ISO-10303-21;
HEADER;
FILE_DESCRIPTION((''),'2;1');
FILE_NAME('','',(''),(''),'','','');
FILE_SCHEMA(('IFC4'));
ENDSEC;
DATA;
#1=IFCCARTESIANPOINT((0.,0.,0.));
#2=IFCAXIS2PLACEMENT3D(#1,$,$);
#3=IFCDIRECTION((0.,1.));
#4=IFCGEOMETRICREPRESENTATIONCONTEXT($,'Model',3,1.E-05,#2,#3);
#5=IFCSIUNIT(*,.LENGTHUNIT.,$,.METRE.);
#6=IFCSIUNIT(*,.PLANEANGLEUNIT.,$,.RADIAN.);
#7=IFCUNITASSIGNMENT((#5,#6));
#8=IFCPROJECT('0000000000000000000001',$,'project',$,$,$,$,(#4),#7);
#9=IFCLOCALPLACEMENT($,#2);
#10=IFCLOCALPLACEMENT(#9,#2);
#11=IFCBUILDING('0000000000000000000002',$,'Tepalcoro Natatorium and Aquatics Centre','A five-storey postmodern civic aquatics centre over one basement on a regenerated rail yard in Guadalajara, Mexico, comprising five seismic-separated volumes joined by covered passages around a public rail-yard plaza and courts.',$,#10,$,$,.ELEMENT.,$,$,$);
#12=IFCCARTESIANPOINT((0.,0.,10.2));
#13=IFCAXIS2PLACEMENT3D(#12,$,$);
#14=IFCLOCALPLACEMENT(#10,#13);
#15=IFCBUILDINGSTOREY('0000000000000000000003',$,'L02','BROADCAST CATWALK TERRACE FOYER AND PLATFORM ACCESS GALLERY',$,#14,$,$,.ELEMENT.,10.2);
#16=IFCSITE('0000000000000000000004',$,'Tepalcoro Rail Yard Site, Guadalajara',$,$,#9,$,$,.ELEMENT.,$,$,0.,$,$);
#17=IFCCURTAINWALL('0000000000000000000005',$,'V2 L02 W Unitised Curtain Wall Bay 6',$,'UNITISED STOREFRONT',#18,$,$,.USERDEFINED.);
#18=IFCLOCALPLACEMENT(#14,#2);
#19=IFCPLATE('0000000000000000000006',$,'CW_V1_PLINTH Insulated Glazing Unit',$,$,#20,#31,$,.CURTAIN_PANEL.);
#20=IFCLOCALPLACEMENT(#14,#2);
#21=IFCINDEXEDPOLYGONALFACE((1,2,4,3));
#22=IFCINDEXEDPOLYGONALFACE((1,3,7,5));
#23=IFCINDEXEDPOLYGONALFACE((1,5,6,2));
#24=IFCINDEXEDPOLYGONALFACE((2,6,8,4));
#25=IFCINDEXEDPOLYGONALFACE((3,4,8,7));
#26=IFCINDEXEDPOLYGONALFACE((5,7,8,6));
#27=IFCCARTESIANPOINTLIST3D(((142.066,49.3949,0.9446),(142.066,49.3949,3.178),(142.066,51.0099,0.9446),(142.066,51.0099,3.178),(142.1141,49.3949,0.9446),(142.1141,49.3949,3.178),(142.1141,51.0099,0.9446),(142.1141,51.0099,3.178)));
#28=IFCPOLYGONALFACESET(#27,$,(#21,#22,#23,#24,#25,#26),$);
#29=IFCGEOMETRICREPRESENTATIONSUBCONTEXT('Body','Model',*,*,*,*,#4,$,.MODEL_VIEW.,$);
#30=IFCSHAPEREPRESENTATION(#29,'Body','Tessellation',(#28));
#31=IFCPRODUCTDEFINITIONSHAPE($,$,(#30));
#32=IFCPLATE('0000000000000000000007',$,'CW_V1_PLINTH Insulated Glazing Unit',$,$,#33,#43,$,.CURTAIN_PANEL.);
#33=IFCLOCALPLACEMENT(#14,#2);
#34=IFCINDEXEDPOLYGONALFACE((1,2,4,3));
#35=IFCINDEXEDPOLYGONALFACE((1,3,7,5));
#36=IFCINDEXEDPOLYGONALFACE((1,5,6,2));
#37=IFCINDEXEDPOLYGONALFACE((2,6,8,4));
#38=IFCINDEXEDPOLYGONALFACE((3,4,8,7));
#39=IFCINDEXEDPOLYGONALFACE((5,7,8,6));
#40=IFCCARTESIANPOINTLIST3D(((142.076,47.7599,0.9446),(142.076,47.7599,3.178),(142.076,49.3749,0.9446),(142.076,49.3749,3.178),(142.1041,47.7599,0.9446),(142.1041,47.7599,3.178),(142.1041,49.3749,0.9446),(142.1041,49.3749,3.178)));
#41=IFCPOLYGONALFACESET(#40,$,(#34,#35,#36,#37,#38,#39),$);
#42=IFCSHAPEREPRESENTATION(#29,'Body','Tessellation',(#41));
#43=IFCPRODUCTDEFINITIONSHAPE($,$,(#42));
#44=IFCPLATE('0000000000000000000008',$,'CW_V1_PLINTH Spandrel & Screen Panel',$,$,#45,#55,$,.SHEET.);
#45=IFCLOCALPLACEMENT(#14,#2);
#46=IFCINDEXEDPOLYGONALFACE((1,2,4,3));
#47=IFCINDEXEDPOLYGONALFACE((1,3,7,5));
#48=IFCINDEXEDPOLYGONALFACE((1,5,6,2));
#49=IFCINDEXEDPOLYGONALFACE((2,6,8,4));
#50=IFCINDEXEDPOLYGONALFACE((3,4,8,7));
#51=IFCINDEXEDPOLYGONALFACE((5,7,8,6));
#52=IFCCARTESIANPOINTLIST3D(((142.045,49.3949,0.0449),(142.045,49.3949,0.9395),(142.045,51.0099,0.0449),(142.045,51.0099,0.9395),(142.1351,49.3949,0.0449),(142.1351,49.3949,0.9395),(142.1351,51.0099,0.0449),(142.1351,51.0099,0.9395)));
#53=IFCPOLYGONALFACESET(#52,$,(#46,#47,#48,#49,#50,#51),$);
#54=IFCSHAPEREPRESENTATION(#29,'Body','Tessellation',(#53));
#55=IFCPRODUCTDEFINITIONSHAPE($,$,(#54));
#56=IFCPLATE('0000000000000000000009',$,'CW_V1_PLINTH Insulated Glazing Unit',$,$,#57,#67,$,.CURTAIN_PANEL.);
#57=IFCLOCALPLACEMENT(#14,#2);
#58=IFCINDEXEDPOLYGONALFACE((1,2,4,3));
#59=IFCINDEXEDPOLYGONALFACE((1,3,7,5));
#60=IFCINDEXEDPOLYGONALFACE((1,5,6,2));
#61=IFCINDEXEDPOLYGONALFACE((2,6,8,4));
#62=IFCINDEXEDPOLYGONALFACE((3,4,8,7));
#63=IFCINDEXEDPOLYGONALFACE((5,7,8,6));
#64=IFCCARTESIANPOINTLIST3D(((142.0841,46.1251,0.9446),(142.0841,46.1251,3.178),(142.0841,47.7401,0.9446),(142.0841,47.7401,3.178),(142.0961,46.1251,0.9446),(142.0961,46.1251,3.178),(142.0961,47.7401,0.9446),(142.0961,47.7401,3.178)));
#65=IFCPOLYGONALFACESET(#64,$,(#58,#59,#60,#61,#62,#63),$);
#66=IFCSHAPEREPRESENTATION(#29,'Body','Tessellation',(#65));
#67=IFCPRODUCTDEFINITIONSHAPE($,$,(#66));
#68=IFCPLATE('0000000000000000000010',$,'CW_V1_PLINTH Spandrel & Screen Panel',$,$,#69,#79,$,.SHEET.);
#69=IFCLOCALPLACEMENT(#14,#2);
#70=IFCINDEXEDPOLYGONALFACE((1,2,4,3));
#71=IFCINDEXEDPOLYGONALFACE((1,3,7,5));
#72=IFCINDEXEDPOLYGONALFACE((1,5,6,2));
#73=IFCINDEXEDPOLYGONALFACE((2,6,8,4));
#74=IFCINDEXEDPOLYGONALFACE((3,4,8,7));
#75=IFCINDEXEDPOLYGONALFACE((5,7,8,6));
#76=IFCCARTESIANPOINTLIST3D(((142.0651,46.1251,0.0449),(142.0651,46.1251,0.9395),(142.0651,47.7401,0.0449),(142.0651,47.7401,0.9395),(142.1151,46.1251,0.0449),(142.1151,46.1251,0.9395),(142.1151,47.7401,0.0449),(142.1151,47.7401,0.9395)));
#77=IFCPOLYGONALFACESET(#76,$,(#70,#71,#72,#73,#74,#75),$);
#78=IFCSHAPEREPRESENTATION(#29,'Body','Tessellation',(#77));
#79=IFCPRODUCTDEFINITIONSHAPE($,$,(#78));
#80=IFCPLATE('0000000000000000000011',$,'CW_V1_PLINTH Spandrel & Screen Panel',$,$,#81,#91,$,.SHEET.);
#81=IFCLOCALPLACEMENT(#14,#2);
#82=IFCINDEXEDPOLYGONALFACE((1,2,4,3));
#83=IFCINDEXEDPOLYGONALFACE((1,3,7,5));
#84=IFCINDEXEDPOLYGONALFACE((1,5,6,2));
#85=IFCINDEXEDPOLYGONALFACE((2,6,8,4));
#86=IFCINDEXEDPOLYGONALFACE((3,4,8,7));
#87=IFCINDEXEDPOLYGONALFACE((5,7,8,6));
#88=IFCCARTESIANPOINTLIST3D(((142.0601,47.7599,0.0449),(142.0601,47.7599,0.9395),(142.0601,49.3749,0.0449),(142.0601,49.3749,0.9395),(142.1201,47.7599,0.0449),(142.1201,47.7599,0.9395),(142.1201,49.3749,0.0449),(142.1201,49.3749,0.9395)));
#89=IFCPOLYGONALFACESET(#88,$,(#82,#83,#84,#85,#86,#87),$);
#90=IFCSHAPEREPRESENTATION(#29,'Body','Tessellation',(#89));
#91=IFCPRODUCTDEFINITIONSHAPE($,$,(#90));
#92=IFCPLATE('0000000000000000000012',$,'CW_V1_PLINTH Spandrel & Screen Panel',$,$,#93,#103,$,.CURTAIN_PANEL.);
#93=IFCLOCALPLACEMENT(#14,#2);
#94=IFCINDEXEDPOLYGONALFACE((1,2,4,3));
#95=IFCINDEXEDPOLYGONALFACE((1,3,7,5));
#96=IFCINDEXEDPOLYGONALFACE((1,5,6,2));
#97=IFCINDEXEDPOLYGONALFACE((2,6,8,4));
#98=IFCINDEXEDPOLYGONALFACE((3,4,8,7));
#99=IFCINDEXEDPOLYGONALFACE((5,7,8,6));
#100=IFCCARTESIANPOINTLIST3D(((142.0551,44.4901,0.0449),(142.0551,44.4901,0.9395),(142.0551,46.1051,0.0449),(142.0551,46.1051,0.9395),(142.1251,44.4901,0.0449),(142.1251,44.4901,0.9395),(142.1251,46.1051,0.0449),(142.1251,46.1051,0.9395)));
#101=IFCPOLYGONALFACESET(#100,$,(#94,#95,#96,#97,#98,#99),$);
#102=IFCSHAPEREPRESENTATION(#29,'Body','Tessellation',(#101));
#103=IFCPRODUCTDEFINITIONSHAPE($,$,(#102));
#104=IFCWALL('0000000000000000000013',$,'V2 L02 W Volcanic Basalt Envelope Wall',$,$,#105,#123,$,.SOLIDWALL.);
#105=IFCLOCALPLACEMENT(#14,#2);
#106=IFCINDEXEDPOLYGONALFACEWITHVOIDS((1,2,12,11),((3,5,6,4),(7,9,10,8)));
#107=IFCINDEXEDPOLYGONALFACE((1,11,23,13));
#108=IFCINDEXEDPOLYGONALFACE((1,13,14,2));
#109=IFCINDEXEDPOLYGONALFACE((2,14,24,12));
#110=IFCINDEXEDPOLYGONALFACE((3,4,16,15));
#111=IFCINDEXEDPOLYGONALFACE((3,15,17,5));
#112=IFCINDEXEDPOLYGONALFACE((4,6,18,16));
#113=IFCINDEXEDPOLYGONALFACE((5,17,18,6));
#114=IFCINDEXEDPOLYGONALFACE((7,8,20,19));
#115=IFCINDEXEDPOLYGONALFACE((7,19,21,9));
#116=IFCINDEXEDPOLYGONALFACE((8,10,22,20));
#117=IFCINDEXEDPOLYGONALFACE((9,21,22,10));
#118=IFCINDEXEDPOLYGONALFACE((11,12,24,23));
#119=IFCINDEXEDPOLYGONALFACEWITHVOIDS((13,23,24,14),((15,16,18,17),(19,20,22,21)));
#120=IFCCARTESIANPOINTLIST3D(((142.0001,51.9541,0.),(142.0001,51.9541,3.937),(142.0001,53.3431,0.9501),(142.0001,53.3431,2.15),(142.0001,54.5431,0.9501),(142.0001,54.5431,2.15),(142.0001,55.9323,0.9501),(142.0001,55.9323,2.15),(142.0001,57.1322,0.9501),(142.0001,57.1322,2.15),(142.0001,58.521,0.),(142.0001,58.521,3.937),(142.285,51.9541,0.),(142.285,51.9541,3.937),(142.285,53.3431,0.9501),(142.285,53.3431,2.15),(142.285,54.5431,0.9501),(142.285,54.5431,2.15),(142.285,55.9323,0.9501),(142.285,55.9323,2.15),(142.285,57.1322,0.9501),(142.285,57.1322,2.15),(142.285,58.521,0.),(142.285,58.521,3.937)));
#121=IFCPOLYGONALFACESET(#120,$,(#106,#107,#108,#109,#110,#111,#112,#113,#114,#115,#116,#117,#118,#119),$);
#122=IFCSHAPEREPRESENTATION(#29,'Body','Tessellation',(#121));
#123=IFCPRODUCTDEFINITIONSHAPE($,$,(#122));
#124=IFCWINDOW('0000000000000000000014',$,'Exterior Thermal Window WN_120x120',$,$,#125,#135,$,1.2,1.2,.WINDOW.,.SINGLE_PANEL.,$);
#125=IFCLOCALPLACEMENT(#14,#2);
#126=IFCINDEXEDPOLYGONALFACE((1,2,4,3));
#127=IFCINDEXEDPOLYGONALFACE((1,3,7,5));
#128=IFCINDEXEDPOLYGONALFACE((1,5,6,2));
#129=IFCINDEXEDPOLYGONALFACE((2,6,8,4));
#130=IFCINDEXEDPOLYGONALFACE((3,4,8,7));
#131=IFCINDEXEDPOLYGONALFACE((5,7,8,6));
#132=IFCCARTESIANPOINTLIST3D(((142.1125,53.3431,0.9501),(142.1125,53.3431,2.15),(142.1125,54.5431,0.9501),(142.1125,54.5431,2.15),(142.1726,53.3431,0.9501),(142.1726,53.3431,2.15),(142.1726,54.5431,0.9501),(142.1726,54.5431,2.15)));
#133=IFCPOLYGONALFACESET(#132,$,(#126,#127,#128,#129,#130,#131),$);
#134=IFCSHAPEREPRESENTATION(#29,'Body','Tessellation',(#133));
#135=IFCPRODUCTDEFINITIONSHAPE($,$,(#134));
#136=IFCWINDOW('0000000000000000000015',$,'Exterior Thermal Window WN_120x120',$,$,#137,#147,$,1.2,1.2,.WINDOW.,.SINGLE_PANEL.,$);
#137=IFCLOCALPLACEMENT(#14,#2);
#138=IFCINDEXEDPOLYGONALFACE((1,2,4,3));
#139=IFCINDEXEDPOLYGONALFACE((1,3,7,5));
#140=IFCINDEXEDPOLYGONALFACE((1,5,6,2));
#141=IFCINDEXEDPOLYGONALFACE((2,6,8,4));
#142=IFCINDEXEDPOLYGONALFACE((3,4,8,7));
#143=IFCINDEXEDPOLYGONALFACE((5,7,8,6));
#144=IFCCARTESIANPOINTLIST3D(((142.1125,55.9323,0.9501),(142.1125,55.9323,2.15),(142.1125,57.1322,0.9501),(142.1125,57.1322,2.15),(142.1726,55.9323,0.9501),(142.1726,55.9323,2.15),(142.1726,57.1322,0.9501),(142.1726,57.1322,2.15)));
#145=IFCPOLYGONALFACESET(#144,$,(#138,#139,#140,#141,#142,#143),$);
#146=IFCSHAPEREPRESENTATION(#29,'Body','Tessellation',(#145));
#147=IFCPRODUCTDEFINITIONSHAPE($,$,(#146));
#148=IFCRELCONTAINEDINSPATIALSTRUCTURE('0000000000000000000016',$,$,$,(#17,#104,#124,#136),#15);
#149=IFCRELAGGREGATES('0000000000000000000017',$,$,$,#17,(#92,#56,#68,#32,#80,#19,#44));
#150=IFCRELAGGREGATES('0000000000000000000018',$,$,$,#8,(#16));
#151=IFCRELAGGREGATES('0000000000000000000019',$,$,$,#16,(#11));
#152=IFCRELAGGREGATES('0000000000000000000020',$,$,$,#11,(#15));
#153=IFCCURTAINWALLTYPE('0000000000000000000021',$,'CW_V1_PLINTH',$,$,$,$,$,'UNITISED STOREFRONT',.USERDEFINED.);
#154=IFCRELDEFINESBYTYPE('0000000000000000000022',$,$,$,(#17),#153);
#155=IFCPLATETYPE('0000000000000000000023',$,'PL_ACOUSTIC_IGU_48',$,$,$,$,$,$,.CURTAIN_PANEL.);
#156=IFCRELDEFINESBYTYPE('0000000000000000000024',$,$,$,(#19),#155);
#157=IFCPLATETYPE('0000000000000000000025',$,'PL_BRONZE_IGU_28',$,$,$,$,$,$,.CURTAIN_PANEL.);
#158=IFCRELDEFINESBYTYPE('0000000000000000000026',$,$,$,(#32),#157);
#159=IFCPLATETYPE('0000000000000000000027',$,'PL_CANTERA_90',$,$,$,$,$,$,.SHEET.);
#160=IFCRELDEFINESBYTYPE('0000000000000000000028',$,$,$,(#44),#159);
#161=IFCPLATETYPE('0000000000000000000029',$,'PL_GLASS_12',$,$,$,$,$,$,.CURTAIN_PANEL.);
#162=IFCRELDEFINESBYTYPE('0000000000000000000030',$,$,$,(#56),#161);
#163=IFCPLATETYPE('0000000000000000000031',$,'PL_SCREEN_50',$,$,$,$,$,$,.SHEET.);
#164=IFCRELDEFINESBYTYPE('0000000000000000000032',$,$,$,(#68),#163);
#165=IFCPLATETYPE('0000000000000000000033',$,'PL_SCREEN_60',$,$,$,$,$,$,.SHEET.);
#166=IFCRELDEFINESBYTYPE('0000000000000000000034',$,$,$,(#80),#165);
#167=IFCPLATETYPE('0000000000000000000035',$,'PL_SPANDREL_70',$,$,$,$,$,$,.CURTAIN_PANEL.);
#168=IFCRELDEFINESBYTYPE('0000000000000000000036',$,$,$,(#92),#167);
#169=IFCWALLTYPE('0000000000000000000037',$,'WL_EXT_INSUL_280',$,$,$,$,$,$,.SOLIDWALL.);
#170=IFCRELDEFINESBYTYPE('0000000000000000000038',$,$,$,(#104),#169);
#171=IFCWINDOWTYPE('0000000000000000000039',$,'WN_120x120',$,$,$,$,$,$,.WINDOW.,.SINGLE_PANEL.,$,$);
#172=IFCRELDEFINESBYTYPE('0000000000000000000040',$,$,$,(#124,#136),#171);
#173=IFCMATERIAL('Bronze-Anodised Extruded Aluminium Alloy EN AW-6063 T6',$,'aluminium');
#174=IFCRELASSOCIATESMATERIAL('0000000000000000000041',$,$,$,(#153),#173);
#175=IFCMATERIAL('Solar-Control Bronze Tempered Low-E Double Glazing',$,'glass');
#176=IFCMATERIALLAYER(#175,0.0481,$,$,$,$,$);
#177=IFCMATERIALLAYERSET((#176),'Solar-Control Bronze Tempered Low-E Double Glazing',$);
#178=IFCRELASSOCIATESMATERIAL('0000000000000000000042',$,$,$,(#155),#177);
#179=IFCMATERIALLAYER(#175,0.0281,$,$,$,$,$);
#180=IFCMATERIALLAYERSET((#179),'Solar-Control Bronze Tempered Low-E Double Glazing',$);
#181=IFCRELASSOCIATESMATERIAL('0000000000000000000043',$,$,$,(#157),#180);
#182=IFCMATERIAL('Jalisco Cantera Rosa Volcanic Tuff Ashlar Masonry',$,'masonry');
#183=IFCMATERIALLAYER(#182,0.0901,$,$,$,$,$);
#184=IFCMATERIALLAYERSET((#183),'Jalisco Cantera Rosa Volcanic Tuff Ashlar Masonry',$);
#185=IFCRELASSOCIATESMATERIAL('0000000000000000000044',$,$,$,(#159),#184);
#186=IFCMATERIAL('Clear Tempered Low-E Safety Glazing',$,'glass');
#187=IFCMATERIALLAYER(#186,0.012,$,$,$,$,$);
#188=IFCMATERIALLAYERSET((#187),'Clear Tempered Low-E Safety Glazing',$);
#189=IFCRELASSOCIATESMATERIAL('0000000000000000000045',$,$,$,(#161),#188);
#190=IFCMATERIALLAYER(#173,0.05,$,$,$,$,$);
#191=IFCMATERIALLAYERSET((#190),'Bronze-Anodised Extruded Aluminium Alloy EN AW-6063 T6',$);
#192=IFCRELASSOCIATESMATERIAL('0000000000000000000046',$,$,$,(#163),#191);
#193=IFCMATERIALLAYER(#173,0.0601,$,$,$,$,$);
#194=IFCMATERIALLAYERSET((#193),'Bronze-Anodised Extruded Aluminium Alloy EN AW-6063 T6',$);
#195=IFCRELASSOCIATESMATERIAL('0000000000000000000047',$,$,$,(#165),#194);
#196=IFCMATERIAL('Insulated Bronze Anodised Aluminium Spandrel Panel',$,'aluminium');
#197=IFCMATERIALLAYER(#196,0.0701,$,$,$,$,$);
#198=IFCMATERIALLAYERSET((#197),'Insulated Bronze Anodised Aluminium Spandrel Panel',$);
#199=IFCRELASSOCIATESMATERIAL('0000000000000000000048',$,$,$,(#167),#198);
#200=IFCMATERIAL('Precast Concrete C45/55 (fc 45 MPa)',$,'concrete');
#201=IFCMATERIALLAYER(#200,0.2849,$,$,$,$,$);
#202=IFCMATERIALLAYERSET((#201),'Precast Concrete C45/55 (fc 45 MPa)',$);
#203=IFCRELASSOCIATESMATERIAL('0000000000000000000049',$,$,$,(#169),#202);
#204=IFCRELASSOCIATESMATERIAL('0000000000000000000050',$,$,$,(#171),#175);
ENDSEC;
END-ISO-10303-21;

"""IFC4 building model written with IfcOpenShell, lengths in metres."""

from ifc_helpers import new_model, si_unit, direction, frame, frame_2d, origin, origin_2d, place, context, subcontext, project, spatial, rectangle, extrude, material, layer, layer_set, type_object, element, fill, aggregate, save


model = new_model("IFC4")

# Units and contexts
model_context = context("Model", 3, precision=1e-05, world=origin(), true_north=direction((0.0, 1.0)))
body_context = subcontext(model_context, "Body", "Model", "MODEL_VIEW")
ifc_project = project(units=[si_unit("LENGTHUNIT", "METRE"), si_unit("PLANEANGLEUNIT", "RADIAN")], contexts=[model_context])

# Site, building, storey
site_placement = place(None, origin())
site = spatial("IfcSite", under=ifc_project, at=site_placement, Name="Tepalcoro Rail Yard Site, Guadalajara", CompositionType="ELEMENT", RefElevation=0.0)
building_placement = place(site_placement, origin())
building = spatial("IfcBuilding", under=site, at=building_placement, Name="Tepalcoro Natatorium and Aquatics Centre", Description="A five-storey postmodern civic aquatics centre over one basement on a regenerated rail yard in Guadalajara, Mexico, comprising five seismic-separated volumes joined by covered passages around a public rail-yard plaza and courts.", CompositionType="ELEMENT")
storey_placement = place(building_placement, frame((0.0, 0.0, 10.2)))
storey = spatial("IfcBuildingStorey", under=building, at=storey_placement, Name="L02", Description="BROADCAST CATWALK TERRACE FOYER AND PLATFORM ACCESS GALLERY", CompositionType="ELEMENT", Elevation=10.2)

# Shared definitions
ifc_material_1 = material(Name="Bronze-Anodised Extruded Aluminium Alloy EN AW-6063 T6", Category="aluminium")

# Curtain wall, plates
curtain_wall_type_1 = type_object("IfcCurtainWallType", Name="CW_V1_PLINTH", ElementType="UNITISED STOREFRONT", PredefinedType="USERDEFINED", material=ifc_material_1)
curtain_wall_1_placement = place(storey_placement, origin())
curtain_wall_1 = element("IfcCurtainWall", 1, at=curtain_wall_1_placement, inside=storey, type_object=curtain_wall_type_1, Name="V2 L02 W Unitised Curtain Wall Bay 6", ObjectType="UNITISED STOREFRONT", PredefinedType="USERDEFINED")
ifc_material_2 = material(Name="Solar-Control Bronze Tempered Low-E Double Glazing", Category="glass")
ifc_layer_1 = layer(ifc_material_2, 0.0481)
ifc_layer_set_1 = layer_set([ifc_layer_1], Name="Solar-Control Bronze Tempered Low-E Double Glazing")
plate_type_1 = type_object("IfcPlateType", Name="PL_ACOUSTIC_IGU_48", PredefinedType="CURTAIN_PANEL", material=ifc_layer_set_1)
plate_1_placement = place(storey_placement, frame((142.0901, 50.2024, 0.9446), z_axis=(0.0, 0.0, 1.0), x_axis=(1.0, 0.0, 0.0)))
plate_1 = element("IfcPlate", 2, at=plate_1_placement, type_object=plate_type_1, Name="CW_V1_PLINTH Insulated Glazing Unit", PredefinedType="CURTAIN_PANEL", context=body_context, shape_type="SweptSolid", body=[
    extrude(rectangle(XDim=0.0481, YDim=1.615, at=origin_2d()), origin(), (0.0, 0.0, 1.0), 2.2334),
])
ifc_layer_2 = layer(ifc_material_2, 0.0281)
ifc_layer_set_2 = layer_set([ifc_layer_2], Name="Solar-Control Bronze Tempered Low-E Double Glazing")
plate_type_2 = type_object("IfcPlateType", Name="PL_BRONZE_IGU_28", PredefinedType="CURTAIN_PANEL", material=ifc_layer_set_2)
plate_2_placement = place(storey_placement, frame((142.0901, 48.5674, 0.9446), z_axis=(0.0, 0.0, 1.0), x_axis=(1.0, 0.0, 0.0)))
plate_2 = element("IfcPlate", 3, at=plate_2_placement, type_object=plate_type_2, Name="CW_V1_PLINTH Insulated Glazing Unit", PredefinedType="CURTAIN_PANEL", context=body_context, shape_type="SweptSolid", body=[
    extrude(rectangle(XDim=0.0281, YDim=1.615, at=origin_2d()), origin(), (0.0, 0.0, 1.0), 2.2334),
])
ifc_material_3 = material(Name="Jalisco Cantera Rosa Volcanic Tuff Ashlar Masonry", Category="masonry")
ifc_layer_3 = layer(ifc_material_3, 0.0901)
ifc_layer_set_3 = layer_set([ifc_layer_3], Name="Jalisco Cantera Rosa Volcanic Tuff Ashlar Masonry")
plate_type_3 = type_object("IfcPlateType", Name="PL_CANTERA_90", PredefinedType="SHEET", material=ifc_layer_set_3)
plate_3_placement = place(storey_placement, frame((142.0901, 50.2024, 0.0449), z_axis=(0.0, 0.0, 1.0), x_axis=(1.0, 0.0, 0.0)))
plate_3 = element("IfcPlate", 4, at=plate_3_placement, type_object=plate_type_3, Name="CW_V1_PLINTH Spandrel & Screen Panel", PredefinedType="SHEET", context=body_context, shape_type="SweptSolid", body=[
    extrude(rectangle(XDim=0.0901, YDim=1.615, at=origin_2d()), origin(), (0.0, 0.0, 1.0), 0.8945),
])
ifc_material_4 = material(Name="Clear Tempered Low-E Safety Glazing", Category="glass")
ifc_layer_4 = layer(ifc_material_4, 0.012)
ifc_layer_set_4 = layer_set([ifc_layer_4], Name="Clear Tempered Low-E Safety Glazing")
plate_type_4 = type_object("IfcPlateType", Name="PL_GLASS_12", PredefinedType="CURTAIN_PANEL", material=ifc_layer_set_4)
plate_4_placement = place(storey_placement, frame((142.0901, 46.9326, 0.9446), z_axis=(0.0, 0.0, 1.0), x_axis=(1.0, 0.0, 0.0)))
plate_4 = element("IfcPlate", 5, at=plate_4_placement, type_object=plate_type_4, Name="CW_V1_PLINTH Insulated Glazing Unit", PredefinedType="CURTAIN_PANEL", context=body_context, shape_type="SweptSolid", body=[
    extrude(rectangle(XDim=0.012, YDim=1.615, at=origin_2d()), origin(), (0.0, 0.0, 1.0), 2.2334),
])
ifc_layer_5 = layer(ifc_material_1, 0.05)
ifc_layer_set_5 = layer_set([ifc_layer_5], Name="Bronze-Anodised Extruded Aluminium Alloy EN AW-6063 T6")
plate_type_5 = type_object("IfcPlateType", Name="PL_SCREEN_50", PredefinedType="SHEET", material=ifc_layer_set_5)
plate_5_placement = place(storey_placement, frame((142.0901, 46.9326, 0.0449), z_axis=(0.0, 0.0, 1.0), x_axis=(1.0, 0.0, 0.0)))
plate_5 = element("IfcPlate", 6, at=plate_5_placement, type_object=plate_type_5, Name="CW_V1_PLINTH Spandrel & Screen Panel", PredefinedType="SHEET", context=body_context, shape_type="SweptSolid", body=[
    extrude(rectangle(XDim=0.05, YDim=1.615, at=origin_2d()), origin(), (0.0, 0.0, 1.0), 0.8945),
])
ifc_layer_6 = layer(ifc_material_1, 0.0601)
ifc_layer_set_6 = layer_set([ifc_layer_6], Name="Bronze-Anodised Extruded Aluminium Alloy EN AW-6063 T6")
plate_type_6 = type_object("IfcPlateType", Name="PL_SCREEN_60", PredefinedType="SHEET", material=ifc_layer_set_6)
plate_6_placement = place(storey_placement, frame((142.0901, 48.5674, 0.0449), z_axis=(0.0, 0.0, 1.0), x_axis=(1.0, 0.0, 0.0)))
plate_6 = element("IfcPlate", 7, at=plate_6_placement, type_object=plate_type_6, Name="CW_V1_PLINTH Spandrel & Screen Panel", PredefinedType="SHEET", context=body_context, shape_type="SweptSolid", body=[
    extrude(rectangle(XDim=0.0601, YDim=1.615, at=origin_2d()), origin(), (0.0, 0.0, 1.0), 0.8945),
])
ifc_material_5 = material(Name="Insulated Bronze Anodised Aluminium Spandrel Panel", Category="aluminium")
ifc_layer_7 = layer(ifc_material_5, 0.0701)
ifc_layer_set_7 = layer_set([ifc_layer_7], Name="Insulated Bronze Anodised Aluminium Spandrel Panel")
plate_type_7 = type_object("IfcPlateType", Name="PL_SPANDREL_70", PredefinedType="CURTAIN_PANEL", material=ifc_layer_set_7)
plate_7_placement = place(storey_placement, frame((142.0901, 45.2976, 0.0449), z_axis=(0.0, 0.0, 1.0), x_axis=(1.0, 0.0, 0.0)))
plate_7 = element("IfcPlate", 8, at=plate_7_placement, type_object=plate_type_7, Name="CW_V1_PLINTH Spandrel & Screen Panel", PredefinedType="CURTAIN_PANEL", context=body_context, shape_type="SweptSolid", body=[
    extrude(rectangle(XDim=0.0701, YDim=1.615, at=origin_2d()), origin(), (0.0, 0.0, 1.0), 0.8945),
])
aggregate(curtain_wall_1, [plate_7, plate_4, plate_5, plate_2, plate_6, plate_1, plate_3])

# Wall, openings, windows
ifc_material_6 = material(Name="Precast Concrete C45/55 (fc 45 MPa)", Category="concrete")
ifc_layer_8 = layer(ifc_material_6, 0.2849)
ifc_layer_set_8 = layer_set([ifc_layer_8], Name="Precast Concrete C45/55 (fc 45 MPa)")
wall_type = type_object("IfcWallType", Name="WL_EXT_INSUL_280", PredefinedType="SOLIDWALL", material=ifc_layer_set_8)
wall_placement = place(storey_placement, frame((142.1426, 51.9541, 0.0), z_axis=(0.0, 0.0, 1.0), x_axis=(0.0, 1.0, 0.0)))
wall = element("IfcWall", 9, at=wall_placement, inside=storey, type_object=wall_type, Name="V2 L02 W Volcanic Basalt Envelope Wall", PredefinedType="SOLIDWALL", context=body_context, shape_type="SweptSolid", body=[
    extrude(rectangle(XDim=6.5669, YDim=0.2849, at=frame_2d((3.2834, 0.0))), origin(), (0.0, 0.0, 1.0), 3.937),
])
opening_1_placement = place(wall_placement, frame((1.3889, 0.0, 0.95)))
opening_1 = element("IfcOpeningElement", 10, at=opening_1_placement, cuts=wall, PredefinedType="OPENING", context=body_context, shape_type="SweptSolid", body=[
    extrude(rectangle(XDim=1.2, YDim=1.2, at=frame_2d((0.6001, 0.6001))), frame((0.0, 0.1543, 0.0), z_axis=(0.0, -1.0, 0.0), x_axis=(1.0, 0.0, 0.0)), (0.0, 0.0, 1.0), 0.3088),
])
opening_2_placement = place(wall_placement, frame((3.978, 0.0, 0.95)))
opening_2 = element("IfcOpeningElement", 11, at=opening_2_placement, cuts=wall, PredefinedType="OPENING", context=body_context, shape_type="SweptSolid", body=[
    extrude(rectangle(XDim=1.2, YDim=1.2, at=frame_2d((0.6001, 0.6001))), frame((0.0, 0.1543, 0.0), z_axis=(0.0, -1.0, 0.0), x_axis=(1.0, 0.0, 0.0)), (0.0, 0.0, 1.0), 0.3088),
])
window_type = type_object("IfcWindowType", Name="WN_120x120", PartitioningType="SINGLE_PANEL", PredefinedType="WINDOW", material=ifc_material_2)
window_1_placement = place(opening_1_placement, origin())
window_1 = element("IfcWindow", 12, at=window_1_placement, inside=storey, type_object=window_type, Name="Exterior Thermal Window WN_120x120", OverallHeight=1.2, OverallWidth=1.2, PartitioningType="SINGLE_PANEL", PredefinedType="WINDOW", context=body_context, shape_type="SweptSolid", body=[
    extrude(rectangle(XDim=1.2, YDim=1.2, at=frame_2d((0.6001, 0.6001))), frame((0.0, 0.03, 0.0), z_axis=(0.0, -1.0, 0.0), x_axis=(1.0, 0.0, 0.0)), (0.0, 0.0, 1.0), 0.0601),
])
fill(opening_1, window_1)
window_2_placement = place(opening_2_placement, origin())
window_2 = element("IfcWindow", 13, at=window_2_placement, inside=storey, type_object=window_type, Name="Exterior Thermal Window WN_120x120", OverallHeight=1.2, OverallWidth=1.2, PartitioningType="SINGLE_PANEL", PredefinedType="WINDOW", context=body_context, shape_type="SweptSolid", body=[
    extrude(rectangle(XDim=1.2, YDim=1.2, at=frame_2d((0.6001, 0.6001))), frame((0.0, 0.03, 0.0), z_axis=(0.0, -1.0, 0.0), x_axis=(1.0, 0.0, 0.0)), (0.0, 0.0, 1.0), 0.0601),
])
fill(opening_2, window_2)

save(model, "model.ifc")
